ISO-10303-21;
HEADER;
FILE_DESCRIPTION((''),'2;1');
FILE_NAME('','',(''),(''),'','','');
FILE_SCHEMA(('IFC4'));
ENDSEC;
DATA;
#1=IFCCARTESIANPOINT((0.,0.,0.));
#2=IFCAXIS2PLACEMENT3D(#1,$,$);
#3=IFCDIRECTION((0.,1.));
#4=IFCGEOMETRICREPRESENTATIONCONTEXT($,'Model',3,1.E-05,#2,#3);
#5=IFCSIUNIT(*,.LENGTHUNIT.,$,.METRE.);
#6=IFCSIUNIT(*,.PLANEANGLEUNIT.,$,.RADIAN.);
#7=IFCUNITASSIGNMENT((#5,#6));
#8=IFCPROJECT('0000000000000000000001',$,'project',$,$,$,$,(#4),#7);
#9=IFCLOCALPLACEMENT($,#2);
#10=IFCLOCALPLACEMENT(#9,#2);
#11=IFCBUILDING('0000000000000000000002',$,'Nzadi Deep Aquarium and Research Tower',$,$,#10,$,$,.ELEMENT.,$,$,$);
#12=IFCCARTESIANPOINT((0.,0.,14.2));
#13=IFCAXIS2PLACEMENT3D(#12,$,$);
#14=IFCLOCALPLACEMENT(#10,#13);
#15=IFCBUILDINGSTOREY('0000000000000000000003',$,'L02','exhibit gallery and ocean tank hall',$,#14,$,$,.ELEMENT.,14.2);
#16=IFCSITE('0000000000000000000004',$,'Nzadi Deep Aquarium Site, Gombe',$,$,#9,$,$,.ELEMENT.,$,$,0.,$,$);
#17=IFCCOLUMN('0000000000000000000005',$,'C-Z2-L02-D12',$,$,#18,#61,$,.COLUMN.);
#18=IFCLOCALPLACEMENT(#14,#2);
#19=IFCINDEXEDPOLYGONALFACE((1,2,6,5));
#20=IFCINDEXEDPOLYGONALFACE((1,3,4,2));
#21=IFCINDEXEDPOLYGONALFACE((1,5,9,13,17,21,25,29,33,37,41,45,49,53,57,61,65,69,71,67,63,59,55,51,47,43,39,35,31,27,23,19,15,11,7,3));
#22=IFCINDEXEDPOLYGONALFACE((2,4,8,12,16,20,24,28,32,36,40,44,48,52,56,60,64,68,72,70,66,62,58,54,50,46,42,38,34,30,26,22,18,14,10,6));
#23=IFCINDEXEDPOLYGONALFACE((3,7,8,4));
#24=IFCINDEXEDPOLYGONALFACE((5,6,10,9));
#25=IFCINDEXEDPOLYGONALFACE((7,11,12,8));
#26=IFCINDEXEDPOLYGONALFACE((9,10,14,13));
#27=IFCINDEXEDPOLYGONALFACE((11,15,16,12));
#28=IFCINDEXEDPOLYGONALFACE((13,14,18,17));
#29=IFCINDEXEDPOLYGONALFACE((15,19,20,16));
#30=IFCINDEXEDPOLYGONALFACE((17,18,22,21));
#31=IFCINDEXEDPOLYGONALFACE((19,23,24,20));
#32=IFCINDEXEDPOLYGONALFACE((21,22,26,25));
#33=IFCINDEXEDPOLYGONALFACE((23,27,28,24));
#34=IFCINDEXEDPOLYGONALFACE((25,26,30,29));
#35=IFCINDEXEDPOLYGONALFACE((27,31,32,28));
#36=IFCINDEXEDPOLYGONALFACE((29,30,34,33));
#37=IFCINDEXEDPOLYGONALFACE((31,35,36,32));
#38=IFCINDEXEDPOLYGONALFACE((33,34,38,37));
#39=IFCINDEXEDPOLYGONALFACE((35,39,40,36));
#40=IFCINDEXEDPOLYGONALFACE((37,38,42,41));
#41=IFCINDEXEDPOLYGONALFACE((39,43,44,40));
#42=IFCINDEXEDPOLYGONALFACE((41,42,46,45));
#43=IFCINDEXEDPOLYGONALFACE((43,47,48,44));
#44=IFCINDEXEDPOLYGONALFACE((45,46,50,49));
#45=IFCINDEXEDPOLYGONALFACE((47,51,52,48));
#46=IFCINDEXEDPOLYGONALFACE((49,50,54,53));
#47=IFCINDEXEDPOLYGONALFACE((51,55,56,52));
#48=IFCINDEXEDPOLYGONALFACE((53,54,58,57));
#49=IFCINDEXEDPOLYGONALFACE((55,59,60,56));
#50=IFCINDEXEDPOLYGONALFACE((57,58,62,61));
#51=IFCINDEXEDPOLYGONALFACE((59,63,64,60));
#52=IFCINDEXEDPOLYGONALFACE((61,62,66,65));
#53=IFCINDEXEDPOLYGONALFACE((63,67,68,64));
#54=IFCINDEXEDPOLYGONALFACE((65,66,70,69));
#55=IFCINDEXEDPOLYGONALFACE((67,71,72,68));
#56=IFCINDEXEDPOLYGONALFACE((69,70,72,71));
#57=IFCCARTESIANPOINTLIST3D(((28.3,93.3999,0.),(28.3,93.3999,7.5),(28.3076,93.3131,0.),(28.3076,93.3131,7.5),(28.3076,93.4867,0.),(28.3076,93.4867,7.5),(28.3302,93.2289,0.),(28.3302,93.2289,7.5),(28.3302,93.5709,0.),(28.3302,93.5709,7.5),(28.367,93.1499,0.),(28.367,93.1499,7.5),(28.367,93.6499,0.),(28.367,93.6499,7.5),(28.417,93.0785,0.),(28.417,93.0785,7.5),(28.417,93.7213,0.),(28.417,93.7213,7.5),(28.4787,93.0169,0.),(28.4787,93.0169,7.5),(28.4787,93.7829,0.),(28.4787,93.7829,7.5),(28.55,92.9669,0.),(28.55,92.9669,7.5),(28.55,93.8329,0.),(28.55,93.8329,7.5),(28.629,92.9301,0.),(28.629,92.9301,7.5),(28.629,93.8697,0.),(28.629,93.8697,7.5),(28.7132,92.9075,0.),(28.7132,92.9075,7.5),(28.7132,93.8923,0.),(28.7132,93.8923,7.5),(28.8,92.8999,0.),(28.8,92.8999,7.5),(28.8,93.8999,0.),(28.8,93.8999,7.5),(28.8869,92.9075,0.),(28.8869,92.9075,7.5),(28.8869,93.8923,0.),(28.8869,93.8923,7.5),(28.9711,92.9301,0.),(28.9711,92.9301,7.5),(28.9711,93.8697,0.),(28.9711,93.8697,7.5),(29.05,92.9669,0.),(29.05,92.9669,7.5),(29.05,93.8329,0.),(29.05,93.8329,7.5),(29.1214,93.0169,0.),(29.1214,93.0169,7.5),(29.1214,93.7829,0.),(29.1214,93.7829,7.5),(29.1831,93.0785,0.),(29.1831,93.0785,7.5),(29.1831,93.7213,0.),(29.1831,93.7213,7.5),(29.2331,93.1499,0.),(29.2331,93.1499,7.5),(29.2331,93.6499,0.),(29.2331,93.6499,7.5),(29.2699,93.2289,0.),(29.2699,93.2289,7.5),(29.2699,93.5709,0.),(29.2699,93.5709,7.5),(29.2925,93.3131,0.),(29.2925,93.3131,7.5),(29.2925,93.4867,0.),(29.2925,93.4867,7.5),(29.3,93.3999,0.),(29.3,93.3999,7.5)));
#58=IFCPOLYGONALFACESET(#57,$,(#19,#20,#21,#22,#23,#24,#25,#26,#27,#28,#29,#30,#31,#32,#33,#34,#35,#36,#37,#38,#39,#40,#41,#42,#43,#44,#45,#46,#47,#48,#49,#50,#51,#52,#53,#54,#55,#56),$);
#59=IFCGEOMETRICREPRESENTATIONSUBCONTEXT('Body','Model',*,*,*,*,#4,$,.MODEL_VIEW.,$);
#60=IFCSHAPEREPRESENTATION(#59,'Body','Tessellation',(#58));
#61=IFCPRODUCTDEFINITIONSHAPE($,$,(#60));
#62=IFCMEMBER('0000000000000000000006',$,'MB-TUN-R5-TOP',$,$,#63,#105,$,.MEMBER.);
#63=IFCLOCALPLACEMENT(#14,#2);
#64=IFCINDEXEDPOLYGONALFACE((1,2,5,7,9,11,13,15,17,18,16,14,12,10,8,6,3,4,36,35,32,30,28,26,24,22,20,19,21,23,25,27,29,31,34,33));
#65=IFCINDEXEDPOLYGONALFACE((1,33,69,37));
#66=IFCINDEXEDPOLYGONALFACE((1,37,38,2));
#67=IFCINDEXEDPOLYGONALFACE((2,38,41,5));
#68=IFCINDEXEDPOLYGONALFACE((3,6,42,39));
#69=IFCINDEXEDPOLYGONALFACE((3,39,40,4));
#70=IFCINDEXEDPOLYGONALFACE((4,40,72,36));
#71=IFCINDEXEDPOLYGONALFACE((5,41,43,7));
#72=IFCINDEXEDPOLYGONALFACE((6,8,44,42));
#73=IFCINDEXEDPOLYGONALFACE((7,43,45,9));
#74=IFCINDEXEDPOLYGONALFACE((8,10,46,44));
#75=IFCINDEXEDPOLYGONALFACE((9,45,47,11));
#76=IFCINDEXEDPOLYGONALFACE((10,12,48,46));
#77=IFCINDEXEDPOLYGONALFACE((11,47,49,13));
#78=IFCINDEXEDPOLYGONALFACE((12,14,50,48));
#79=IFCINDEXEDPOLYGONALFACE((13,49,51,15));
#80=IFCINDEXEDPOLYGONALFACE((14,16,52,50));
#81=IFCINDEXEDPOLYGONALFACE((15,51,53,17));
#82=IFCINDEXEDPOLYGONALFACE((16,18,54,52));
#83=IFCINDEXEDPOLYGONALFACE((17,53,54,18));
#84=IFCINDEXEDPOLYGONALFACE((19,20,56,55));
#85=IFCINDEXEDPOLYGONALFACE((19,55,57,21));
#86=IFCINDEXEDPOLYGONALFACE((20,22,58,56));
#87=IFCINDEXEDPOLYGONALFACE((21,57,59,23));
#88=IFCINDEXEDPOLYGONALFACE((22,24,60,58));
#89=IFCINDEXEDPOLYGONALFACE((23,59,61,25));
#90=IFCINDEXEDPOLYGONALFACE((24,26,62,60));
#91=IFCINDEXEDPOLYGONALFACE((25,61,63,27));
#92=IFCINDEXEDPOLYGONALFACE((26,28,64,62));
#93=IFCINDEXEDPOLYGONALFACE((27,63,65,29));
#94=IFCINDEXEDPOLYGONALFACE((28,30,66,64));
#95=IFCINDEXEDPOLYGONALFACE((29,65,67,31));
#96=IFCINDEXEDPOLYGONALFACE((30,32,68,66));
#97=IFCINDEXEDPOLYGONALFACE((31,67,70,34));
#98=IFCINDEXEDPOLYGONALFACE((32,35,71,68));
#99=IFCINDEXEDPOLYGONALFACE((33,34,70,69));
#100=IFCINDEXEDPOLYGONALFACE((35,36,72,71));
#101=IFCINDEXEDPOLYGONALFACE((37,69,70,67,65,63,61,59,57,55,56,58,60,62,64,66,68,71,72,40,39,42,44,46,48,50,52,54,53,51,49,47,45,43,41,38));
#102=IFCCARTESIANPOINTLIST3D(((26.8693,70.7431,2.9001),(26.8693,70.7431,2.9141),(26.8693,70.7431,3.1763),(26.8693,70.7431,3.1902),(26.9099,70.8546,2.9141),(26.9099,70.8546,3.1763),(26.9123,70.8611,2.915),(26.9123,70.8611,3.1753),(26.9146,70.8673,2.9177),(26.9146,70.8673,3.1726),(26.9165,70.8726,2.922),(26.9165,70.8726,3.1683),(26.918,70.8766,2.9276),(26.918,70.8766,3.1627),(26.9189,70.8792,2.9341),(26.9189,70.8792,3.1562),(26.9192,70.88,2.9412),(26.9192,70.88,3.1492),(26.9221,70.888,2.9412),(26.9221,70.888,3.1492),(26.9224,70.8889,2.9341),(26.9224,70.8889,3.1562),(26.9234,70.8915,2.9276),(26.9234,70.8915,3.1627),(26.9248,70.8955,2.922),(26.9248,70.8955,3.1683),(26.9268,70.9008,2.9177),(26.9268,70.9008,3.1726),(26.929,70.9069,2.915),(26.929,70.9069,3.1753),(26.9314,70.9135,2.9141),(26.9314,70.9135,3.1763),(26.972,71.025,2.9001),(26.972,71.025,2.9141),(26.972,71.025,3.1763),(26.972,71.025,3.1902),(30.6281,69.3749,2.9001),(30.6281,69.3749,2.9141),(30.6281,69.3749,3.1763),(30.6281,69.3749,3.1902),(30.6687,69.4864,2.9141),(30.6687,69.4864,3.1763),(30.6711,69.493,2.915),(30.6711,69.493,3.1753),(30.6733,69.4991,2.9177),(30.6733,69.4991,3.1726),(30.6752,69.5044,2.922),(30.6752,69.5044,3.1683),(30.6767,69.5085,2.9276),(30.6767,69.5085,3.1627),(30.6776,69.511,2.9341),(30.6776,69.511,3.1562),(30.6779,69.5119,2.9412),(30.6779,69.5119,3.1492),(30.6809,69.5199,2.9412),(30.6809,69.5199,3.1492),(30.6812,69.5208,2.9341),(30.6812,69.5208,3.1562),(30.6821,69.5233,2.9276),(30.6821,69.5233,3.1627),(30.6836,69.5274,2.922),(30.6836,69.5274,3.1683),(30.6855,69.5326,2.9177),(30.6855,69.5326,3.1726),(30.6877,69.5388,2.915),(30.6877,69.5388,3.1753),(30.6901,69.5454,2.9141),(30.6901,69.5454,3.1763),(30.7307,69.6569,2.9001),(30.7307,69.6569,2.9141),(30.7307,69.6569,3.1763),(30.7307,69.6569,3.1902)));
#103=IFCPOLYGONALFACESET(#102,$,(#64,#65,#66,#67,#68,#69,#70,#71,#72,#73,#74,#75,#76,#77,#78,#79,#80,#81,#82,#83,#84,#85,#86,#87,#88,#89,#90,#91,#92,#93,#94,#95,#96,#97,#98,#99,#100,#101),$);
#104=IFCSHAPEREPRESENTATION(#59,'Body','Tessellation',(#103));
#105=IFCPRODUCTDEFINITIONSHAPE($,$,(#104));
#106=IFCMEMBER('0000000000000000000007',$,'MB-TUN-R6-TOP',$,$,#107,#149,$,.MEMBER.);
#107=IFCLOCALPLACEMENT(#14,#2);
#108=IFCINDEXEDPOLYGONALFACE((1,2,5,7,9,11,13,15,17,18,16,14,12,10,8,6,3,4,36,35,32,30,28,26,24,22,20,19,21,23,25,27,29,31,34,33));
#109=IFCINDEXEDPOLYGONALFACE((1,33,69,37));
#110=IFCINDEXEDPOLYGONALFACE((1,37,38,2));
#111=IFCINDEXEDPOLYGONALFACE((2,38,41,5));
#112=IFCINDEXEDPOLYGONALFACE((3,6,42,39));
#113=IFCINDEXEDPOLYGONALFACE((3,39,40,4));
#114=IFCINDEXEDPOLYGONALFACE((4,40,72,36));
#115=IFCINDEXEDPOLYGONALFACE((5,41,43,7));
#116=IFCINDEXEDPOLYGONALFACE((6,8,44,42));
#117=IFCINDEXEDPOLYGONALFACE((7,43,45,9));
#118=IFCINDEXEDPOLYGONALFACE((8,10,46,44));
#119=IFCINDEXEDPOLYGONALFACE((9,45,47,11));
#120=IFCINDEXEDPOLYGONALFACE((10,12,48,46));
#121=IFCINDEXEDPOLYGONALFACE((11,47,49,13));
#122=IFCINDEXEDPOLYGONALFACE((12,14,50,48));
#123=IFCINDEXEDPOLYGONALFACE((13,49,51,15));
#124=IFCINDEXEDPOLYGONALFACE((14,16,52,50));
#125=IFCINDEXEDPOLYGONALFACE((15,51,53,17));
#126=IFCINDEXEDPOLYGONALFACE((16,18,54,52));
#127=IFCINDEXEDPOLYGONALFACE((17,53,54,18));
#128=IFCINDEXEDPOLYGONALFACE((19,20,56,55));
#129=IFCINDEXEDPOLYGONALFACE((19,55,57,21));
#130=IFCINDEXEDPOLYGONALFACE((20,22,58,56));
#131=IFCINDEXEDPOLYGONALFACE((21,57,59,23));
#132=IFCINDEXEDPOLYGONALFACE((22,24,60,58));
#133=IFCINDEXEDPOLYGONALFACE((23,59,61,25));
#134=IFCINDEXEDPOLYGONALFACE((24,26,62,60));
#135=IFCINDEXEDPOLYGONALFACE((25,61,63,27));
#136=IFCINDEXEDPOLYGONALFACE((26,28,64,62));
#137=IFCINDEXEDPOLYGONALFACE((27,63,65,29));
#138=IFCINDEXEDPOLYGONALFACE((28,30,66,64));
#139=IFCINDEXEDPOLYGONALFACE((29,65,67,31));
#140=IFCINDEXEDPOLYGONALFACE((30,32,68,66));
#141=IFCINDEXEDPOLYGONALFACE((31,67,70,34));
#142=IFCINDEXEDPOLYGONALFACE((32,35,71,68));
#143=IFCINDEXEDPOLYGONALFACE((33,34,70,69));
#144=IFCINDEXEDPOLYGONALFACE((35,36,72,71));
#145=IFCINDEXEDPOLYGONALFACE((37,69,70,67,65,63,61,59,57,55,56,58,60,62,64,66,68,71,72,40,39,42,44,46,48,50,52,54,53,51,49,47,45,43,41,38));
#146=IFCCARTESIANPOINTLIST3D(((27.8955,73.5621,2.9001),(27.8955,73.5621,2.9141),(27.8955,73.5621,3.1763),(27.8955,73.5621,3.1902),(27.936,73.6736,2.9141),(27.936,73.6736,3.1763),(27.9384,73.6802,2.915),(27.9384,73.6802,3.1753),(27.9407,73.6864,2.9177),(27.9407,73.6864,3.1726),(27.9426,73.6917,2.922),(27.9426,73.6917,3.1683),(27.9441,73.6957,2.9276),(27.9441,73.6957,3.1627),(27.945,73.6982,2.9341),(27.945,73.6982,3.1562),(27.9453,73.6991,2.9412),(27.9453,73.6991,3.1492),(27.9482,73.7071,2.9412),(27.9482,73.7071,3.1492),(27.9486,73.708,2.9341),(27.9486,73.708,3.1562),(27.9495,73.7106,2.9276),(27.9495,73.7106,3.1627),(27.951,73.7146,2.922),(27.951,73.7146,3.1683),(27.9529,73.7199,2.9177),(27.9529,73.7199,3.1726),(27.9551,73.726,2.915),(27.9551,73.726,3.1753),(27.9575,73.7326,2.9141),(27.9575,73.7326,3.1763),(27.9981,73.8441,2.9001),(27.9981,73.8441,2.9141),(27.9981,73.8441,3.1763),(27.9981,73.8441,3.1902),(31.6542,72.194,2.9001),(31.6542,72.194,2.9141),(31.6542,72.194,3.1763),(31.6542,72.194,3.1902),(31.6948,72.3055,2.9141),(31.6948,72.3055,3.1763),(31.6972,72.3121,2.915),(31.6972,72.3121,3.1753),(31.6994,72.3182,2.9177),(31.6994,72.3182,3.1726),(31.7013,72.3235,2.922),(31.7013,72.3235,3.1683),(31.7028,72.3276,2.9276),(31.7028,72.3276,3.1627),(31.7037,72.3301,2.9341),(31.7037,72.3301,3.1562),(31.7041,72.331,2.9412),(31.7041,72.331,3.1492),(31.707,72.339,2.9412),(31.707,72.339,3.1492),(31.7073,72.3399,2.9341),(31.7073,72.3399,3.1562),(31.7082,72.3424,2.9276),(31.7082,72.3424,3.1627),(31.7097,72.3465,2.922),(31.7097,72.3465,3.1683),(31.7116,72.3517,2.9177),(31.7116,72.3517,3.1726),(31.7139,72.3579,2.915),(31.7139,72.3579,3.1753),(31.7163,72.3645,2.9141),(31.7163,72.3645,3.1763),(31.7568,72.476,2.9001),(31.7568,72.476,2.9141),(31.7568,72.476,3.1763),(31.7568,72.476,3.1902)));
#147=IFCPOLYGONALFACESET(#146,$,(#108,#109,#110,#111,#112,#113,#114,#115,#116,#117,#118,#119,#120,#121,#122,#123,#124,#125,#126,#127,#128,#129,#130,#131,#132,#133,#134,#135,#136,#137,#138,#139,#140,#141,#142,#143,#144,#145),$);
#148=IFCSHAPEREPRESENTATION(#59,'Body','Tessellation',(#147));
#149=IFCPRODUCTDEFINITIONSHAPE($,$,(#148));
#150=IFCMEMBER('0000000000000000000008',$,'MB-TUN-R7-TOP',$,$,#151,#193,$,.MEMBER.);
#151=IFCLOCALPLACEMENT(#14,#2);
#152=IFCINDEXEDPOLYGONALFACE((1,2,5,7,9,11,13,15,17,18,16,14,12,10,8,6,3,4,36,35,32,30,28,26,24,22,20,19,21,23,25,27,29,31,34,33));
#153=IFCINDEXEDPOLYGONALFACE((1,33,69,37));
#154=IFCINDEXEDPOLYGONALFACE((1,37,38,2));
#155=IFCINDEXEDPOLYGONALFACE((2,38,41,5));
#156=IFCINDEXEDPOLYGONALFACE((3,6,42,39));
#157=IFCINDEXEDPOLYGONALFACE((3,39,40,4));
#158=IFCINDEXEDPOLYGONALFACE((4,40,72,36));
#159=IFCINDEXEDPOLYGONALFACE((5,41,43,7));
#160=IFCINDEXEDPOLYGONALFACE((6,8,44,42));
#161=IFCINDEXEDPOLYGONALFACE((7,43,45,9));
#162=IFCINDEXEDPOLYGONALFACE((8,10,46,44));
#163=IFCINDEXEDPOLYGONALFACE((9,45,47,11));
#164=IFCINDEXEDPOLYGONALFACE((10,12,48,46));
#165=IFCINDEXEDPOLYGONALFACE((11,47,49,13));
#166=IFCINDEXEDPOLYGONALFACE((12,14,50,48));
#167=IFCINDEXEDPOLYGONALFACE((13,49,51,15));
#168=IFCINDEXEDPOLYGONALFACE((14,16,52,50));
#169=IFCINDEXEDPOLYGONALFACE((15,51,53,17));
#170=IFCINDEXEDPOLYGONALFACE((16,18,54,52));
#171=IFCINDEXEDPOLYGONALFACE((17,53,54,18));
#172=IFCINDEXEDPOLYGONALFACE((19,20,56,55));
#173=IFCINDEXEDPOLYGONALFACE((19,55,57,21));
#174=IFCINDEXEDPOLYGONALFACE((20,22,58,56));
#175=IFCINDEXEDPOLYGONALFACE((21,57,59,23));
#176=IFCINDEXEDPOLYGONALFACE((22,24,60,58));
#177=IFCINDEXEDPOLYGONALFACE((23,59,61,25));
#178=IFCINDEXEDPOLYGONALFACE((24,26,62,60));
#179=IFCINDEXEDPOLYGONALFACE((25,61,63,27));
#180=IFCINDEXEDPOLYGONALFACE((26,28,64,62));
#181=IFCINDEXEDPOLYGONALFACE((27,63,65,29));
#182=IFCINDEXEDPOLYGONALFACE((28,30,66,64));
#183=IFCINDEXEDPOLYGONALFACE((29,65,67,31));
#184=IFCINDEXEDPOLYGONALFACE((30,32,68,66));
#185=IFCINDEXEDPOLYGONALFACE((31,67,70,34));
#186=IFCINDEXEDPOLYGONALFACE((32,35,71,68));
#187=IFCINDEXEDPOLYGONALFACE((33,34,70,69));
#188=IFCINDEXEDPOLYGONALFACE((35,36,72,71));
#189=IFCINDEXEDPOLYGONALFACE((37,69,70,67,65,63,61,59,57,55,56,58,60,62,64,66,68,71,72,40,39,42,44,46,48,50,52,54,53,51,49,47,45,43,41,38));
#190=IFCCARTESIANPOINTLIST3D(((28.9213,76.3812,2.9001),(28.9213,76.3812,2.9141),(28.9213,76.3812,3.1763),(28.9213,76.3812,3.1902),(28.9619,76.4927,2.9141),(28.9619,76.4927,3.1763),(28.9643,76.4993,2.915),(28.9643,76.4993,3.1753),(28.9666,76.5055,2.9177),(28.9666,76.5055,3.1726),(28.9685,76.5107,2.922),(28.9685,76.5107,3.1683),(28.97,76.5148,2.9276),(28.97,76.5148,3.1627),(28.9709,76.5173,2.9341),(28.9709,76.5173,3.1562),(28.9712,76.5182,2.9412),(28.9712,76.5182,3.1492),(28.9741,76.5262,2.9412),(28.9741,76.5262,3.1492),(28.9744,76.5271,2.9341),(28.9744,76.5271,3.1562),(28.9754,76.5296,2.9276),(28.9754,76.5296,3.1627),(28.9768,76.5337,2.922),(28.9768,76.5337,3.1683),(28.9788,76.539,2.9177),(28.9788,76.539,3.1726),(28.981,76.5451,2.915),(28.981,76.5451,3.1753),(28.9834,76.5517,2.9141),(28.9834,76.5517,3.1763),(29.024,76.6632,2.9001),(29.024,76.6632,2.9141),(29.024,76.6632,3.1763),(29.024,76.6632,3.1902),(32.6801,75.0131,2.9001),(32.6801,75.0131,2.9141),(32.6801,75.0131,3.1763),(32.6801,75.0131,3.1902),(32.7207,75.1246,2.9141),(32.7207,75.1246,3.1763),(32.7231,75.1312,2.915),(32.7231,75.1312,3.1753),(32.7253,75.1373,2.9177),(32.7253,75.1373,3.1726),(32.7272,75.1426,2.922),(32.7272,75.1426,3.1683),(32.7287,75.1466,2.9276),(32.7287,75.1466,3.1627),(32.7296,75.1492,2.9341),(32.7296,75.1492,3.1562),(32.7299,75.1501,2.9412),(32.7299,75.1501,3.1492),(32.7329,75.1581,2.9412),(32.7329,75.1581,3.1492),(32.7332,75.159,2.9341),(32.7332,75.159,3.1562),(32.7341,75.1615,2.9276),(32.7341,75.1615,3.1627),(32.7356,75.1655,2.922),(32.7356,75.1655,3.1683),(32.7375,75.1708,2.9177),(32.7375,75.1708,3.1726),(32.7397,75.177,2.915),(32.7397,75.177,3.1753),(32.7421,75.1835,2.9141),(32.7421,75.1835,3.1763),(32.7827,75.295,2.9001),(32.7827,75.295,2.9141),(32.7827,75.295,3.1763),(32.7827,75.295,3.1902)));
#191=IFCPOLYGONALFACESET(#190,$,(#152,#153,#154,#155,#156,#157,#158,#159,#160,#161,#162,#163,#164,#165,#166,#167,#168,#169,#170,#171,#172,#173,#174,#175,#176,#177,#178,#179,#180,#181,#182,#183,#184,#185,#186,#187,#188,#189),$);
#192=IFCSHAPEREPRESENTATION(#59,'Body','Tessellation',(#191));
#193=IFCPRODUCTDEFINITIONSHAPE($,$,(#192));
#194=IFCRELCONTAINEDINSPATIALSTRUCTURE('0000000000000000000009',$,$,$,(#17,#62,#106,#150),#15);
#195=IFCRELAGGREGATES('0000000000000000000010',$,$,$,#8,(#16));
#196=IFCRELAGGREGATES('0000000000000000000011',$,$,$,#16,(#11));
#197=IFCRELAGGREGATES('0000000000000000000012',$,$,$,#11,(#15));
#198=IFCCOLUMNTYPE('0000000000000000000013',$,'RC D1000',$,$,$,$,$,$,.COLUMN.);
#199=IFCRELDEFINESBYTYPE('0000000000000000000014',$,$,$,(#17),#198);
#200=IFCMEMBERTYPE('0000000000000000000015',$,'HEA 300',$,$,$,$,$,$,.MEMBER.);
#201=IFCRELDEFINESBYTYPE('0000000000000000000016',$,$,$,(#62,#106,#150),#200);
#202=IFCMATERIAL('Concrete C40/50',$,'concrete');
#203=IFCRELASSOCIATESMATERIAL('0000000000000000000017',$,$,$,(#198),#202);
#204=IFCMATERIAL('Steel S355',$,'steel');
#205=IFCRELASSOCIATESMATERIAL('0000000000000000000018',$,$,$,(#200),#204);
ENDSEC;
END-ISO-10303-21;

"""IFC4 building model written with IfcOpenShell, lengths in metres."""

from ifc_helpers import new_model, si_unit, direction, frame, origin, origin_2d, place, context, subcontext, project, spatial, circle, i_section, extrude, material, material_profile, profile_set, type_object, element, save


model = new_model("IFC4")

# Units and contexts
model_context = context("Model", 3, precision=1e-05, world=origin(), true_north=direction((0.0, 1.0)))
body_context = subcontext(model_context, "Body", "Model", "MODEL_VIEW")
ifc_project = project(units=[si_unit("LENGTHUNIT", "METRE"), si_unit("PLANEANGLEUNIT", "RADIAN")], contexts=[model_context])

# Site, building, storey
site_placement = place(None, origin())
site = spatial("IfcSite", under=ifc_project, at=site_placement, Name="Nzadi Deep Aquarium Site, Gombe", CompositionType="ELEMENT", RefElevation=0.0)
building_placement = place(site_placement, origin())
building = spatial("IfcBuilding", under=site, at=building_placement, Name="Nzadi Deep Aquarium and Research Tower", CompositionType="ELEMENT")
storey_placement = place(building_placement, frame((0.0, 0.0, 14.2)))
storey = spatial("IfcBuildingStorey", under=building, at=storey_placement, Name="L02", Description="exhibit gallery and ocean tank hall", CompositionType="ELEMENT", Elevation=14.2)

# Column
ifc_material_1 = material(Name="Concrete C40/50", Category="concrete")
ifc_material_profile_1 = material_profile(ifc_material_1, circle(Radius=0.5, at=origin_2d()))
ifc_profile_set_1 = profile_set([ifc_material_profile_1], Name="Concrete C40/50")
column_type_1 = type_object("IfcColumnType", Name="RC D1000", PredefinedType="COLUMN", material=ifc_profile_set_1)
for number, where, z_axis, x_axis, name in (
    (1, (28.8, 93.3999, 0.0), (0.0, 0.0, 1.0), (1.0, 0.0, 0.0), "C-Z2-L02-D12"),
):
    element("IfcColumn", number, at=place(storey_placement, frame(where, z_axis=z_axis, x_axis=x_axis)), inside=storey, type_object=column_type_1, Name=name, PredefinedType="COLUMN", context=body_context, shape_type="SweptSolid", body=[
        extrude(circle(Radius=0.5, at=origin_2d()), origin(), (0.0, 0.0, 1.0), 7.5),
    ])

# Members
ifc_material_2 = material(Name="Steel S355", Category="steel")
ifc_material_profile_2 = material_profile(ifc_material_2, i_section(OverallWidth=0.3, OverallDepth=0.29, WebThickness=0.0085, FlangeThickness=0.0139, FilletRadius=0.0271, at=origin_2d()))
ifc_profile_set_2 = profile_set([ifc_material_profile_2], Name="Steel S355")
member_type_1 = type_object("IfcMemberType", Name="HEA 300", PredefinedType="MEMBER", material=ifc_profile_set_2)
for number, where, z_axis, x_axis, name in (
    (2, (26.9207, 70.884, 3.0452), (0.939686, -0.342037, 0.0), (0.342037, 0.939686, 0.0), "MB-TUN-R5-TOP"),
    (3, (27.9468, 73.7031, 3.0452), (0.939686, -0.342037, 0.0), (0.342037, 0.939686, 0.0), "MB-TUN-R6-TOP"),
    (4, (28.9727, 76.5222, 3.0452), (0.939686, -0.342037, 0.0), (0.342037, 0.939686, 0.0), "MB-TUN-R7-TOP"),
):
    element("IfcMember", number, at=place(storey_placement, frame(where, z_axis=z_axis, x_axis=x_axis)), inside=storey, type_object=member_type_1, Name=name, PredefinedType="MEMBER", context=body_context, shape_type="SweptSolid", body=[
        extrude(i_section(OverallWidth=0.3, OverallDepth=0.29, WebThickness=0.0085, FlangeThickness=0.0139, FilletRadius=0.0271, at=origin_2d()), origin(), (0.0, 0.0, 1.0), 4.0),
    ])

save(model, "model.ifc")
